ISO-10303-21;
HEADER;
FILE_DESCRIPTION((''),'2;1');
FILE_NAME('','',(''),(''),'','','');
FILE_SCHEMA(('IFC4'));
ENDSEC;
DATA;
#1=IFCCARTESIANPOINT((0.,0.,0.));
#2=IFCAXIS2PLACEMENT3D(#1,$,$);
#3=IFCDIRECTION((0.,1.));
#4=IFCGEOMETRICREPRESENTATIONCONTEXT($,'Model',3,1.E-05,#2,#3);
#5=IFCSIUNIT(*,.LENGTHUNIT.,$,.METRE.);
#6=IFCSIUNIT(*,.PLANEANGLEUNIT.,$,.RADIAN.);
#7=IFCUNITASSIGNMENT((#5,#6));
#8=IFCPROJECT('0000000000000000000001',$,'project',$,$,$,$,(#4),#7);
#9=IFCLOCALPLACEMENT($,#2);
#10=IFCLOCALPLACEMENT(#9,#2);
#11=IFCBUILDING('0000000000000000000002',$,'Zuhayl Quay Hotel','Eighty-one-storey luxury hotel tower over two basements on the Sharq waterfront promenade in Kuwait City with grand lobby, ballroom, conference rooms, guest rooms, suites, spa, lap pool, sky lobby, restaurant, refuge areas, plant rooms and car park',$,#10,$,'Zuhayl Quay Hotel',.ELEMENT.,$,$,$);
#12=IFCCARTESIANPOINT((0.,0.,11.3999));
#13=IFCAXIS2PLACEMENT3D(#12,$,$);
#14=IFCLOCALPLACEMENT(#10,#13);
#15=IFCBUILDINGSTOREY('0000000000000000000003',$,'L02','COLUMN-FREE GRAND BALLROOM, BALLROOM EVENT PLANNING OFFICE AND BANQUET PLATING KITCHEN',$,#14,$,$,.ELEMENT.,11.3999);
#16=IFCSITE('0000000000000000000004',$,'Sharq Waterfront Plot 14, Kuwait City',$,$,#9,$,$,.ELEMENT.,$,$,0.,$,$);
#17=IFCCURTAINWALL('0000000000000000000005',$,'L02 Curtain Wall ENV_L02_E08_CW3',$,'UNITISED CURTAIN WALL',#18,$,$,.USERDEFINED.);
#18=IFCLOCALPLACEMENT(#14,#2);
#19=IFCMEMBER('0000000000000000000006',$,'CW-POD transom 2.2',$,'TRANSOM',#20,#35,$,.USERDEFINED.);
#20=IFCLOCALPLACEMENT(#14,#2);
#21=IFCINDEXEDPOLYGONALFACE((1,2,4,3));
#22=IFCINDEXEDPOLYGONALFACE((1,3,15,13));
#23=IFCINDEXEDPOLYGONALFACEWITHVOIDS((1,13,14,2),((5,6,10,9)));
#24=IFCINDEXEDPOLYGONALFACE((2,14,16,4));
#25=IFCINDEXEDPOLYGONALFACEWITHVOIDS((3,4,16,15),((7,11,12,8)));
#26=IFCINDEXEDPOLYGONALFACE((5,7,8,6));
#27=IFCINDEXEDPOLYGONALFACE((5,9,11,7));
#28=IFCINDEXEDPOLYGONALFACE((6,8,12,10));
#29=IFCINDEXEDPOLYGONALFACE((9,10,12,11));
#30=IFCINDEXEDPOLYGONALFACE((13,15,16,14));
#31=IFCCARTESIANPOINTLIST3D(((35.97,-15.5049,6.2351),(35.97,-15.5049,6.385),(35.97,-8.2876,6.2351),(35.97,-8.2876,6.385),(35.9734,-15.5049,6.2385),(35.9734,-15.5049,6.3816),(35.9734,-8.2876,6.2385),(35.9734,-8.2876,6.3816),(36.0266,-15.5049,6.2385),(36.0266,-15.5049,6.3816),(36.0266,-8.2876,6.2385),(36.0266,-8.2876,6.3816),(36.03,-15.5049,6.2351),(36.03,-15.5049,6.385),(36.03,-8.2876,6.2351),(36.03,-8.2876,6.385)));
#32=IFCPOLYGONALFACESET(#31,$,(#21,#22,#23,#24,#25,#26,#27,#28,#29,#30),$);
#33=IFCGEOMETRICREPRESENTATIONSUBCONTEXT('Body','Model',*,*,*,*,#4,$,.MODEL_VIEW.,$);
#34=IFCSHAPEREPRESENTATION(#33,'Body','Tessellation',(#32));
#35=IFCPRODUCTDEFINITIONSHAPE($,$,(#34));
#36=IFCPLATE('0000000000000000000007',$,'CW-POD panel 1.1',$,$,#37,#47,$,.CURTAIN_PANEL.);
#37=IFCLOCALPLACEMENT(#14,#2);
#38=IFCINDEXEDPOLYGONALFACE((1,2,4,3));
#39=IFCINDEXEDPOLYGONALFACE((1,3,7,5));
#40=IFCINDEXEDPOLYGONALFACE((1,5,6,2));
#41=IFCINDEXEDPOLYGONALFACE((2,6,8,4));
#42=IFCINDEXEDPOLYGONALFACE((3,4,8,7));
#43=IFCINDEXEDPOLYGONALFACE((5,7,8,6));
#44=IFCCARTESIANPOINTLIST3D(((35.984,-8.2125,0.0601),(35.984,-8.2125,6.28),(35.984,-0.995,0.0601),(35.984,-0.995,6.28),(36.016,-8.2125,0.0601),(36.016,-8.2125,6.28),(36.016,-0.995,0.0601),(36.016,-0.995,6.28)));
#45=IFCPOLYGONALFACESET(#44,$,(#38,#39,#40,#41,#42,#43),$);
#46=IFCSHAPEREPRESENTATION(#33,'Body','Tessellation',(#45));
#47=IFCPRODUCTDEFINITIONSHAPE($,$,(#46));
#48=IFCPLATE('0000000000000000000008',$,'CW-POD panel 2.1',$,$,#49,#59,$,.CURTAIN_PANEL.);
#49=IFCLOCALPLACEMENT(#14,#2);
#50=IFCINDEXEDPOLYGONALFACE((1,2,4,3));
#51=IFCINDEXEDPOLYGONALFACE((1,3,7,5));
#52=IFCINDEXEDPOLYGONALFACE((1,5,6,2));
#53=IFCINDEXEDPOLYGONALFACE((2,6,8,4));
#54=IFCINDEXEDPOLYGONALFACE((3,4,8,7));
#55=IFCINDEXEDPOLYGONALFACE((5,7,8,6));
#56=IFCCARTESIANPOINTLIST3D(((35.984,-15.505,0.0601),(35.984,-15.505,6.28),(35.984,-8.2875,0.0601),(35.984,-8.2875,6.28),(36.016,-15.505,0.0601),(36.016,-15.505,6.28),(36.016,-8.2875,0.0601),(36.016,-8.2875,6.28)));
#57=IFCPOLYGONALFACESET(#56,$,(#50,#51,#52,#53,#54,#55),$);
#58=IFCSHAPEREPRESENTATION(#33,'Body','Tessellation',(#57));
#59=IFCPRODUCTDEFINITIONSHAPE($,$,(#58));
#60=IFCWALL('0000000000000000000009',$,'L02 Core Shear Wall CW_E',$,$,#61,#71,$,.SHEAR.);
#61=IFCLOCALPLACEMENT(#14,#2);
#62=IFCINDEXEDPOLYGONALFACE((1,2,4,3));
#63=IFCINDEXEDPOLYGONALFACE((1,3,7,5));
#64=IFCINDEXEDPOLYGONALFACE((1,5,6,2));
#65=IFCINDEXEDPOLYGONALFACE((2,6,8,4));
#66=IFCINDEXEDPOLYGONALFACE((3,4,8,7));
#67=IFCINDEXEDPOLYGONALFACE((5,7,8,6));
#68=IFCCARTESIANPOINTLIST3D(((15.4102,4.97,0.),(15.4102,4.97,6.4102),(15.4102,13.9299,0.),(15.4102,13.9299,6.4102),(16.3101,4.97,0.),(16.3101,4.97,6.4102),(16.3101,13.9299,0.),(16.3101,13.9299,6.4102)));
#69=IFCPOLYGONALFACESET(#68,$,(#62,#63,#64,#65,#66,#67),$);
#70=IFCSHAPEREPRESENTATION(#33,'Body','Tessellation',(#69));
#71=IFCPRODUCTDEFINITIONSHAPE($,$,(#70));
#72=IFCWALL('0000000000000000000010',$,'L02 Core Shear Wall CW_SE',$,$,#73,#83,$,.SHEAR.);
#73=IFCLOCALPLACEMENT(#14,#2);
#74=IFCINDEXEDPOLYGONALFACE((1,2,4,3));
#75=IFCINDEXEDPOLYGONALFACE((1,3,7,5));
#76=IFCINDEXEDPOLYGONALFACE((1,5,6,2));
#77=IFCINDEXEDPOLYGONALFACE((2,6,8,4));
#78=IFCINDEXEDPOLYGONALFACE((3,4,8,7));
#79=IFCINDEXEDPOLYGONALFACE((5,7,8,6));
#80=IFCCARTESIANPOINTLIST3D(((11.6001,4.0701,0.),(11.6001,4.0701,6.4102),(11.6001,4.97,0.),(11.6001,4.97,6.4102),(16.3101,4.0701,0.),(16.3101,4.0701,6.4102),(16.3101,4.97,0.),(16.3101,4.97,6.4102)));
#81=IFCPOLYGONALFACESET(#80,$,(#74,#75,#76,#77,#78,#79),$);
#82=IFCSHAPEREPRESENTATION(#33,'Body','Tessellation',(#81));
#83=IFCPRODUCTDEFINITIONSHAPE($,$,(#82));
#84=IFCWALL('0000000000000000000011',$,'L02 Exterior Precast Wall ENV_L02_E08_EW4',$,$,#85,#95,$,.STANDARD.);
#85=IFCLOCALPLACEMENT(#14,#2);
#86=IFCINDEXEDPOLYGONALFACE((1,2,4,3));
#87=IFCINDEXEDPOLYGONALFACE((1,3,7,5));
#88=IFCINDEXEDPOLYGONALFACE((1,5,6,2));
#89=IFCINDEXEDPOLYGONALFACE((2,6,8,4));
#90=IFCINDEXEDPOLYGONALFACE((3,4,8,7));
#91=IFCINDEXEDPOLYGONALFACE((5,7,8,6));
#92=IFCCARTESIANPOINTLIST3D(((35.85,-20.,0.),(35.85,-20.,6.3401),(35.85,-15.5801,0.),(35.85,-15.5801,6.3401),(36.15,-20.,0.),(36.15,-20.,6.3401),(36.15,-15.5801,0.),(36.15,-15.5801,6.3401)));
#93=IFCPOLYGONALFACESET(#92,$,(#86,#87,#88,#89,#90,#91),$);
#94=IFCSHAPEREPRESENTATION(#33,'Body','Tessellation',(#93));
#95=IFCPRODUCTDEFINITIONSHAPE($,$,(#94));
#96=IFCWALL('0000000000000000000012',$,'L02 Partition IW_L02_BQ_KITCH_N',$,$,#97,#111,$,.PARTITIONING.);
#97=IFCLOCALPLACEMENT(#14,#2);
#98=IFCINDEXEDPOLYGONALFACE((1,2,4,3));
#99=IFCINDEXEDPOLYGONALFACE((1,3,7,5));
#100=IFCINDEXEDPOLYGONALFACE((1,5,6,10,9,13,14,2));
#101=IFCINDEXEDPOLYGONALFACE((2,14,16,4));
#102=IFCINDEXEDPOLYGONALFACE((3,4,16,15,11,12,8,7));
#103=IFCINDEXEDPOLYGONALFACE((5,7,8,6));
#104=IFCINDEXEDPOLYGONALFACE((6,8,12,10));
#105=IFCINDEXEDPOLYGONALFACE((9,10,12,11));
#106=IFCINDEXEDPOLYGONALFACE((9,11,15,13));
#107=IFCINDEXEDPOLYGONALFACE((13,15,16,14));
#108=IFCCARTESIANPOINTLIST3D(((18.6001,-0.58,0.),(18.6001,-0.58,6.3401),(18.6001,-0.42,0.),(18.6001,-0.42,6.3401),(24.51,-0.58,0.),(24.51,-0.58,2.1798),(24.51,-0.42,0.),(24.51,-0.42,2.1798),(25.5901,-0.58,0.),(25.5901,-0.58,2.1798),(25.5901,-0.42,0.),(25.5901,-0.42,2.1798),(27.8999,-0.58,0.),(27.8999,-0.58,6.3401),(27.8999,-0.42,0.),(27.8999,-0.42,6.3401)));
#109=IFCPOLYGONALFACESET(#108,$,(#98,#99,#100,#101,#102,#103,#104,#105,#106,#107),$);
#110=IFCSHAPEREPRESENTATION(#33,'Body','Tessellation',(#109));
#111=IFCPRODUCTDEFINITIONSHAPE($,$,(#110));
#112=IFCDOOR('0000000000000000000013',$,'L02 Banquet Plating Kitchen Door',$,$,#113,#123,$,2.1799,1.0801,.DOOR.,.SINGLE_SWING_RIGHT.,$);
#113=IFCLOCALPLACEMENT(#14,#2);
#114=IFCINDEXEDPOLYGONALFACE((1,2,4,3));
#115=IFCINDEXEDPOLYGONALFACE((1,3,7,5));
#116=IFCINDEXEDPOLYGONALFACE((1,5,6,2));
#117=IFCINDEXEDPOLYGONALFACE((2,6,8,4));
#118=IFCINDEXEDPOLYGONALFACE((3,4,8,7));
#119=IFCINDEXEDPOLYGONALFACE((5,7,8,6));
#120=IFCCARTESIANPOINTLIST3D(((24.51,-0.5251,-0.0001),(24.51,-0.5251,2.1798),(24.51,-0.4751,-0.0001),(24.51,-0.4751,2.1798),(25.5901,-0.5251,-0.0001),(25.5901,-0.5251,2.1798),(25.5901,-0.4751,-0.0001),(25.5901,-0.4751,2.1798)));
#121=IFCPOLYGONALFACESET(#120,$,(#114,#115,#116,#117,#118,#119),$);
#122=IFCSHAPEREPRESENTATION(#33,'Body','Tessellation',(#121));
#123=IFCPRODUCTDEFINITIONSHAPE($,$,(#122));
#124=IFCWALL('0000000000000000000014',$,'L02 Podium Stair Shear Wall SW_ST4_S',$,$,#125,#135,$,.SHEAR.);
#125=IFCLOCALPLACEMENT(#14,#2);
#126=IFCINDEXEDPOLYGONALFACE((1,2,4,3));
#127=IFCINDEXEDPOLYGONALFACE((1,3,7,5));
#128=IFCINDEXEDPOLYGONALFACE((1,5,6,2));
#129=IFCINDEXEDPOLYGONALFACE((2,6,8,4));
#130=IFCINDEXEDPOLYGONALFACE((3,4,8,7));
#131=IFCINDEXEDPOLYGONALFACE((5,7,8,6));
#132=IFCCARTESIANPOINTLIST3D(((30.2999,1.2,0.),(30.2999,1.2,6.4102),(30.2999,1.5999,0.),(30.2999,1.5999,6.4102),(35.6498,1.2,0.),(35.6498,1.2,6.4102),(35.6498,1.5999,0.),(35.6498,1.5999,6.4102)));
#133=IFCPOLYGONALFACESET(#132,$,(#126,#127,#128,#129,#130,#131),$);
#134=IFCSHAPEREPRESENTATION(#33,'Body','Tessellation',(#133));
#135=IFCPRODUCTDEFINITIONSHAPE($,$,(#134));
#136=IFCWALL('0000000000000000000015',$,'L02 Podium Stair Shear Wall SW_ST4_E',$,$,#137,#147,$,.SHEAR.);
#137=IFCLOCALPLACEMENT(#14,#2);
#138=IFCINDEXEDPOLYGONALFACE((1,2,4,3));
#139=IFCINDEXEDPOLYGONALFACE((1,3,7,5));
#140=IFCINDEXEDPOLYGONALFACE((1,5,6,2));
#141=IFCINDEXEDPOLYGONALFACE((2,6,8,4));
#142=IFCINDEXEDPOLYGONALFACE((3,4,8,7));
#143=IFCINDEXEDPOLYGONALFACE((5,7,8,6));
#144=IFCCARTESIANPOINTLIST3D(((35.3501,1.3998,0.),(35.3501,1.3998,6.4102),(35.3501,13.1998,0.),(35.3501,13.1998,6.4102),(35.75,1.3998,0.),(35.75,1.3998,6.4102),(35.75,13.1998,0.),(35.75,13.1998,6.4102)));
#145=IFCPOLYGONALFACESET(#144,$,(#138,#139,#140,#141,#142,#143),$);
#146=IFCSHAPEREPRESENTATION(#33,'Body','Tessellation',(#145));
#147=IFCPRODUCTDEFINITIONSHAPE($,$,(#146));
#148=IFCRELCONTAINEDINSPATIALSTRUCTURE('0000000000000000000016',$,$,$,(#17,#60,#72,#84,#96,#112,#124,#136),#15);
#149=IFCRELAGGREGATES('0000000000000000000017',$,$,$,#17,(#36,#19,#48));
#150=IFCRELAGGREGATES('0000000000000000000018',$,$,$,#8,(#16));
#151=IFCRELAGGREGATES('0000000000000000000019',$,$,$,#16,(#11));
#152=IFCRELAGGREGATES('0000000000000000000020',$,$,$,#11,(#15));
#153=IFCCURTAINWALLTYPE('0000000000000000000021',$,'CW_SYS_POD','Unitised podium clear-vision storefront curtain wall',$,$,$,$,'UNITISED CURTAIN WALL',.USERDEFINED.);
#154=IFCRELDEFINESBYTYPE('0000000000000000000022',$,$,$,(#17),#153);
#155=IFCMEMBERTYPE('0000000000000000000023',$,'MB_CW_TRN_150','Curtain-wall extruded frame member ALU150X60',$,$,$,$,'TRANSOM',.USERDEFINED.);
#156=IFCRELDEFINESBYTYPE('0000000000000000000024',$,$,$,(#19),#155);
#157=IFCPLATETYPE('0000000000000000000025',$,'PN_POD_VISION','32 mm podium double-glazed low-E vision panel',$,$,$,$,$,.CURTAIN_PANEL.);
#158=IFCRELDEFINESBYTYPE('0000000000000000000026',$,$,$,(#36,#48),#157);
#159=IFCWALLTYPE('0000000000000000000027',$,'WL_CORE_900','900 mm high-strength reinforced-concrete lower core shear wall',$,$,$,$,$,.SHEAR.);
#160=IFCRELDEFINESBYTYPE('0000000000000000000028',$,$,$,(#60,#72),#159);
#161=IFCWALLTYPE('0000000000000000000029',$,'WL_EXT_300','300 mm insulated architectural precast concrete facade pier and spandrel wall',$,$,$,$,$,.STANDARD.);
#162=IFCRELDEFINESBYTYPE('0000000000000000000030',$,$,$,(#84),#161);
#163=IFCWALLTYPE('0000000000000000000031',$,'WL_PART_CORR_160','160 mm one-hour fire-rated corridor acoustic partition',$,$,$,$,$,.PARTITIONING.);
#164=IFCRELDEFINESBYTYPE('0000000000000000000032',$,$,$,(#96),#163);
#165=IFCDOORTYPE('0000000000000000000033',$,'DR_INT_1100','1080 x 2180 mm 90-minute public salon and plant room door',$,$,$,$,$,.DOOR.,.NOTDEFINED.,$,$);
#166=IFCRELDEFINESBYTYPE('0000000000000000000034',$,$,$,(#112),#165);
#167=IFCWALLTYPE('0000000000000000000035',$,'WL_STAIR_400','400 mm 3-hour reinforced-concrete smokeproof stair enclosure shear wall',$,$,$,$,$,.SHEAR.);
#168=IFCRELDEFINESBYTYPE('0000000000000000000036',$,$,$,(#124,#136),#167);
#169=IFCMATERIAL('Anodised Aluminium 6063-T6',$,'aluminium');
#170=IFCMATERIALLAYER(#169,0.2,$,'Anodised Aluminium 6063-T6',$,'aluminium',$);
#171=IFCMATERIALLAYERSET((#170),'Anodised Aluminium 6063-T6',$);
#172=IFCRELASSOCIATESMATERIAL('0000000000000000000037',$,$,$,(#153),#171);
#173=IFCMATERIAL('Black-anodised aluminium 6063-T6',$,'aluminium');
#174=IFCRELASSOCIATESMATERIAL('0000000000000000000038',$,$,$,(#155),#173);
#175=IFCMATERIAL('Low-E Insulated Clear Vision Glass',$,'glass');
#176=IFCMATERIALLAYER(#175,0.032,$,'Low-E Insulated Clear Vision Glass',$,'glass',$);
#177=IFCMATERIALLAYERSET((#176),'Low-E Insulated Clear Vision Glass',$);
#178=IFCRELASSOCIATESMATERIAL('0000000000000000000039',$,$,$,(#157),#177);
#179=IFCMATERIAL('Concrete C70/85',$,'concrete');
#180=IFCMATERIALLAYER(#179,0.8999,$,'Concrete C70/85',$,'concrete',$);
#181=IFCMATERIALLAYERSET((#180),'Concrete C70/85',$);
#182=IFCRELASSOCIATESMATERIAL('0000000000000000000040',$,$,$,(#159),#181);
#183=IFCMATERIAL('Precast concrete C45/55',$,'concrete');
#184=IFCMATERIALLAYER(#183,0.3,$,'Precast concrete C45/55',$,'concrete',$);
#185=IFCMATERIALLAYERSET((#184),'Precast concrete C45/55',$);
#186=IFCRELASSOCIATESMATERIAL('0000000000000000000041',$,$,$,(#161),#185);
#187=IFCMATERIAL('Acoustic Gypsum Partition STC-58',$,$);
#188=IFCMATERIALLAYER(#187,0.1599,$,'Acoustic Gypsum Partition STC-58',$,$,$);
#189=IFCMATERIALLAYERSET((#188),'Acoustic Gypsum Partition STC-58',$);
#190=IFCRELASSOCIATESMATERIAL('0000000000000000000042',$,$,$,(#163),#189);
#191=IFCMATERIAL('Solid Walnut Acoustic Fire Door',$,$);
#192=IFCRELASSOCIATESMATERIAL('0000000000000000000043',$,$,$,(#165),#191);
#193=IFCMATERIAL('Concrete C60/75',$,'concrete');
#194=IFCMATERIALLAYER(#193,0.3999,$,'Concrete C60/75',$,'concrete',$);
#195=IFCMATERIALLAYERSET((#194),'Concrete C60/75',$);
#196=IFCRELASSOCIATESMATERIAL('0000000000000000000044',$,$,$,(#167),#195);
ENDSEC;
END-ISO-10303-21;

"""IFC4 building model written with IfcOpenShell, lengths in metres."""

from ifc_helpers import new_model, si_unit, direction, frame, frame_2d, origin, origin_2d, place, context, subcontext, project, spatial, rectangle, hollow_rectangle, extrude, material, layer, layer_set, material_profile, profile_set, type_object, element, fill, aggregate, save


model = new_model("IFC4")

# Units and contexts
model_context = context("Model", 3, precision=1e-05, world=origin(), true_north=direction((0.0, 1.0)))
body_context = subcontext(model_context, "Body", "Model", "MODEL_VIEW")
ifc_project = project(units=[si_unit("LENGTHUNIT", "METRE"), si_unit("PLANEANGLEUNIT", "RADIAN")], contexts=[model_context])

# Site, building, storey
site_placement = place(None, origin())
site = spatial("IfcSite", under=ifc_project, at=site_placement, Name="Sharq Waterfront Plot 14, Kuwait City", CompositionType="ELEMENT", RefElevation=0.0)
building_placement = place(site_placement, origin())
building = spatial("IfcBuilding", under=site, at=building_placement, Name="Zuhayl Quay Hotel", Description="Eighty-one-storey luxury hotel tower over two basements on the Sharq waterfront promenade in Kuwait City with grand lobby, ballroom, conference rooms, guest rooms, suites, spa, lap pool, sky lobby, restaurant, refuge areas, plant rooms and car park", LongName="Zuhayl Quay Hotel", CompositionType="ELEMENT")
storey_placement = place(building_placement, frame((0.0, 0.0, 11.3999)))
storey = spatial("IfcBuildingStorey", under=building, at=storey_placement, Name="L02", Description="COLUMN-FREE GRAND BALLROOM, BALLROOM EVENT PLANNING OFFICE AND BANQUET PLATING KITCHEN", CompositionType="ELEMENT", Elevation=11.3999)

# Shared definitions
ifc_material_1 = material(Name="Concrete C70/85", Category="concrete")

# Curtain wall, member, plates
ifc_material_2 = material(Name="Anodised Aluminium 6063-T6", Category="aluminium")
ifc_layer_1 = layer(ifc_material_2, 0.2, Name="Anodised Aluminium 6063-T6", Category="aluminium")
ifc_layer_set_1 = layer_set([ifc_layer_1], Name="Anodised Aluminium 6063-T6")
curtain_wall_type = type_object("IfcCurtainWallType", Name="CW_SYS_POD", Description="Unitised podium clear-vision storefront curtain wall", ElementType="UNITISED CURTAIN WALL", PredefinedType="USERDEFINED", material=ifc_layer_set_1)
curtain_wall_placement = place(storey_placement, origin())
curtain_wall = element("IfcCurtainWall", 1, at=curtain_wall_placement, inside=storey, type_object=curtain_wall_type, Name="L02 Curtain Wall ENV_L02_E08_CW3", ObjectType="UNITISED CURTAIN WALL", PredefinedType="USERDEFINED")
ifc_material_3 = material(Name="Black-anodised aluminium 6063-T6", Category="aluminium")
ifc_material_profile_1 = material_profile(ifc_material_3, hollow_rectangle(XDim=0.0601, YDim=0.1499, WallThickness=0.0034, at=origin_2d()), Name="ALU150X60")
ifc_profile_set_1 = profile_set([ifc_material_profile_1], Name="Black-anodised aluminium 6063-T6")
member_type_1 = type_object("IfcMemberType", Name="MB_CW_TRN_150", Description="Curtain-wall extruded frame member ALU150X60", ElementType="TRANSOM", PredefinedType="USERDEFINED", material=ifc_profile_set_1)
member_1_placement = place(storey_placement, frame((36.0, -8.2876, 6.3101), z_axis=(0.0, -1.0, 0.0), x_axis=(1.0, 0.0, 0.0)))
member_1 = element("IfcMember", 2, at=member_1_placement, type_object=member_type_1, Name="CW-POD transom 2.2", ObjectType="TRANSOM", PredefinedType="USERDEFINED", context=body_context, shape_type="SweptSolid", body=[
    extrude(hollow_rectangle(XDim=0.0601, YDim=0.1499, WallThickness=0.0034, at=origin_2d()), origin(), (0.0, 0.0, 1.0), 7.2173),
])
ifc_material_4 = material(Name="Low-E Insulated Clear Vision Glass", Category="glass")
ifc_layer_2 = layer(ifc_material_4, 0.032, Name="Low-E Insulated Clear Vision Glass", Category="glass")
ifc_layer_set_2 = layer_set([ifc_layer_2], Name="Low-E Insulated Clear Vision Glass")
plate_type = type_object("IfcPlateType", Name="PN_POD_VISION", Description="32 mm podium double-glazed low-E vision panel", PredefinedType="CURTAIN_PANEL", material=ifc_layer_set_2)
plate_1_placement = place(storey_placement, frame((36.0, -4.6038, 0.0601), z_axis=(0.0, 0.0, 1.0), x_axis=(0.0, -1.0, 0.0)))
plate_1 = element("IfcPlate", 3, at=plate_1_placement, type_object=plate_type, Name="CW-POD panel 1.1", PredefinedType="CURTAIN_PANEL", context=body_context, shape_type="SweptSolid", body=[
    extrude(rectangle(XDim=7.2175, YDim=0.032, at=origin_2d()), origin(), (0.0, 0.0, 1.0), 6.22),
])
plate_2_placement = place(storey_placement, frame((36.0, -11.8962, 0.0601), z_axis=(0.0, 0.0, 1.0), x_axis=(0.0, -1.0, 0.0)))
plate_2 = element("IfcPlate", 4, at=plate_2_placement, type_object=plate_type, Name="CW-POD panel 2.1", PredefinedType="CURTAIN_PANEL", context=body_context, shape_type="SweptSolid", body=[
    extrude(rectangle(XDim=7.2175, YDim=0.032, at=origin_2d()), origin(), (0.0, 0.0, 1.0), 6.22),
])
aggregate(curtain_wall, [plate_1, member_1, plate_2])

# Walls
ifc_layer_3 = layer(ifc_material_1, 0.8999, Name="Concrete C70/85", Category="concrete")
ifc_layer_set_3 = layer_set([ifc_layer_3], Name="Concrete C70/85")
wall_type_1 = type_object("IfcWallType", Name="WL_CORE_900", Description="900 mm high-strength reinforced-concrete lower core shear wall", PredefinedType="SHEAR", material=ifc_layer_set_3)
wall_1_placement = place(storey_placement, frame((15.8601, 4.97, 0.0), z_axis=(0.0, 0.0, 1.0), x_axis=(0.0, 1.0, 0.0)))
element("IfcWall", 5, at=wall_1_placement, inside=storey, type_object=wall_type_1, Name="L02 Core Shear Wall CW_E", PredefinedType="SHEAR", context=body_context, shape_type="SweptSolid", body=[
    extrude(rectangle(XDim=8.96, YDim=0.8999, at=frame_2d((4.48, 0.0))), origin(), (0.0, 0.0, 1.0), 6.4102),
])
wall_2_placement = place(storey_placement, frame((11.6001, 4.52, 0.0), z_axis=(0.0, 0.0, 1.0), x_axis=(1.0, 0.0, 0.0)))
element("IfcWall", 6, at=wall_2_placement, inside=storey, type_object=wall_type_1, Name="L02 Core Shear Wall CW_SE", PredefinedType="SHEAR", context=body_context, shape_type="SweptSolid", body=[
    extrude(rectangle(XDim=4.71, YDim=0.8999, at=frame_2d((2.355, 0.0))), origin(), (0.0, 0.0, 1.0), 6.4102),
])
ifc_material_5 = material(Name="Precast concrete C45/55", Category="concrete")
ifc_layer_4 = layer(ifc_material_5, 0.3, Name="Precast concrete C45/55", Category="concrete")
ifc_layer_set_4 = layer_set([ifc_layer_4], Name="Precast concrete C45/55")
wall_type_2 = type_object("IfcWallType", Name="WL_EXT_300", Description="300 mm insulated architectural precast concrete facade pier and spandrel wall", PredefinedType="STANDARD", material=ifc_layer_set_4)
wall_3_placement = place(storey_placement, frame((36.0, -15.5801, 0.0), z_axis=(0.0, 0.0, 1.0), x_axis=(0.0, -1.0, 0.0)))
element("IfcWall", 7, at=wall_3_placement, inside=storey, type_object=wall_type_2, Name="L02 Exterior Precast Wall ENV_L02_E08_EW4", PredefinedType="STANDARD", context=body_context, shape_type="SweptSolid", body=[
    extrude(rectangle(XDim=4.4199, YDim=0.3, at=frame_2d((2.21, 0.0))), origin(), (0.0, 0.0, 1.0), 6.3401),
])

# Wall, opening, door
ifc_material_6 = material(Name="Acoustic Gypsum Partition STC-58")
ifc_layer_5 = layer(ifc_material_6, 0.1599, Name="Acoustic Gypsum Partition STC-58")
ifc_layer_set_5 = layer_set([ifc_layer_5], Name="Acoustic Gypsum Partition STC-58")
wall_type_3 = type_object("IfcWallType", Name="WL_PART_CORR_160", Description="160 mm one-hour fire-rated corridor acoustic partition", PredefinedType="PARTITIONING", material=ifc_layer_set_5)
wall_4_placement = place(storey_placement, frame((18.6001, -0.5, 0.0), z_axis=(0.0, 0.0, 1.0), x_axis=(1.0, 0.0, 0.0)))
wall_4 = element("IfcWall", 8, at=wall_4_placement, inside=storey, type_object=wall_type_3, Name="L02 Partition IW_L02_BQ_KITCH_N", PredefinedType="PARTITIONING", context=body_context, shape_type="SweptSolid", body=[
    extrude(rectangle(XDim=9.2998, YDim=0.1599, at=frame_2d((4.6499, 0.0))), origin(), (0.0, 0.0, 1.0), 6.3401),
])
opening_placement = place(wall_4_placement, frame((5.9099, 0.0, 0.0)))
opening = element("IfcOpeningElement", 9, at=opening_placement, cuts=wall_4, PredefinedType="OPENING", context=body_context, shape_type="SweptSolid", body=[
    extrude(rectangle(XDim=1.0801, YDim=2.1799, at=frame_2d((0.54, 1.0898))), frame((0.0, 0.0898, 0.0), z_axis=(0.0, -1.0, 0.0), x_axis=(1.0, 0.0, 0.0)), (0.0, 0.0, 1.0), 0.1799),
])
ifc_material_7 = material(Name="Solid Walnut Acoustic Fire Door")
door_type = type_object("IfcDoorType", Name="DR_INT_1100", Description="1080 x 2180 mm 90-minute public salon and plant room door", OperationType="NOTDEFINED", PredefinedType="DOOR", material=ifc_material_7)
door_placement = place(opening_placement, origin())
door = element("IfcDoor", 10, at=door_placement, inside=storey, type_object=door_type, Name="L02 Banquet Plating Kitchen Door", OperationType="SINGLE_SWING_RIGHT", OverallHeight=2.1799, OverallWidth=1.0801, PredefinedType="DOOR", context=body_context, shape_type="SweptSolid", body=[
    extrude(rectangle(XDim=1.0801, YDim=2.1799, at=frame_2d((0.54, 1.0898))), frame((0.0, 0.0249, 0.0), z_axis=(0.0, -1.0, 0.0), x_axis=(1.0, 0.0, 0.0)), (0.0, 0.0, 1.0), 0.05),
])
fill(opening, door)

# Walls
ifc_material_8 = material(Name="Concrete C60/75", Category="concrete")
ifc_layer_6 = layer(ifc_material_8, 0.3999, Name="Concrete C60/75", Category="concrete")
ifc_layer_set_6 = layer_set([ifc_layer_6], Name="Concrete C60/75")
wall_type_4 = type_object("IfcWallType", Name="WL_STAIR_400", Description="400 mm 3-hour reinforced-concrete smokeproof stair enclosure shear wall", PredefinedType="SHEAR", material=ifc_layer_set_6)
wall_5_placement = place(storey_placement, frame((30.3, 1.3999, 0.0), z_axis=(0.0, 0.0, 1.0), x_axis=(1.0, 0.0, 0.0)))
element("IfcWall", 11, at=wall_5_placement, inside=storey, type_object=wall_type_4, Name="L02 Podium Stair Shear Wall SW_ST4_S", PredefinedType="SHEAR", context=body_context, shape_type="SweptSolid", body=[
    extrude(rectangle(XDim=5.3499, YDim=0.3999, at=frame_2d((2.6748, 0.0))), origin(), (0.0, 0.0, 1.0), 6.4102),
])
wall_6_placement = place(storey_placement, frame((35.55, 1.3999, 0.0), z_axis=(0.0, 0.0, 1.0), x_axis=(0.0, 1.0, 0.0)))
element("IfcWall", 12, at=wall_6_placement, inside=storey, type_object=wall_type_4, Name="L02 Podium Stair Shear Wall SW_ST4_E", PredefinedType="SHEAR", context=body_context, shape_type="SweptSolid", body=[
    extrude(rectangle(XDim=11.8, YDim=0.3999, at=frame_2d((5.8999, 0.0))), origin(), (0.0, 0.0, 1.0), 6.4102),
])

save(model, "model.ifc")
